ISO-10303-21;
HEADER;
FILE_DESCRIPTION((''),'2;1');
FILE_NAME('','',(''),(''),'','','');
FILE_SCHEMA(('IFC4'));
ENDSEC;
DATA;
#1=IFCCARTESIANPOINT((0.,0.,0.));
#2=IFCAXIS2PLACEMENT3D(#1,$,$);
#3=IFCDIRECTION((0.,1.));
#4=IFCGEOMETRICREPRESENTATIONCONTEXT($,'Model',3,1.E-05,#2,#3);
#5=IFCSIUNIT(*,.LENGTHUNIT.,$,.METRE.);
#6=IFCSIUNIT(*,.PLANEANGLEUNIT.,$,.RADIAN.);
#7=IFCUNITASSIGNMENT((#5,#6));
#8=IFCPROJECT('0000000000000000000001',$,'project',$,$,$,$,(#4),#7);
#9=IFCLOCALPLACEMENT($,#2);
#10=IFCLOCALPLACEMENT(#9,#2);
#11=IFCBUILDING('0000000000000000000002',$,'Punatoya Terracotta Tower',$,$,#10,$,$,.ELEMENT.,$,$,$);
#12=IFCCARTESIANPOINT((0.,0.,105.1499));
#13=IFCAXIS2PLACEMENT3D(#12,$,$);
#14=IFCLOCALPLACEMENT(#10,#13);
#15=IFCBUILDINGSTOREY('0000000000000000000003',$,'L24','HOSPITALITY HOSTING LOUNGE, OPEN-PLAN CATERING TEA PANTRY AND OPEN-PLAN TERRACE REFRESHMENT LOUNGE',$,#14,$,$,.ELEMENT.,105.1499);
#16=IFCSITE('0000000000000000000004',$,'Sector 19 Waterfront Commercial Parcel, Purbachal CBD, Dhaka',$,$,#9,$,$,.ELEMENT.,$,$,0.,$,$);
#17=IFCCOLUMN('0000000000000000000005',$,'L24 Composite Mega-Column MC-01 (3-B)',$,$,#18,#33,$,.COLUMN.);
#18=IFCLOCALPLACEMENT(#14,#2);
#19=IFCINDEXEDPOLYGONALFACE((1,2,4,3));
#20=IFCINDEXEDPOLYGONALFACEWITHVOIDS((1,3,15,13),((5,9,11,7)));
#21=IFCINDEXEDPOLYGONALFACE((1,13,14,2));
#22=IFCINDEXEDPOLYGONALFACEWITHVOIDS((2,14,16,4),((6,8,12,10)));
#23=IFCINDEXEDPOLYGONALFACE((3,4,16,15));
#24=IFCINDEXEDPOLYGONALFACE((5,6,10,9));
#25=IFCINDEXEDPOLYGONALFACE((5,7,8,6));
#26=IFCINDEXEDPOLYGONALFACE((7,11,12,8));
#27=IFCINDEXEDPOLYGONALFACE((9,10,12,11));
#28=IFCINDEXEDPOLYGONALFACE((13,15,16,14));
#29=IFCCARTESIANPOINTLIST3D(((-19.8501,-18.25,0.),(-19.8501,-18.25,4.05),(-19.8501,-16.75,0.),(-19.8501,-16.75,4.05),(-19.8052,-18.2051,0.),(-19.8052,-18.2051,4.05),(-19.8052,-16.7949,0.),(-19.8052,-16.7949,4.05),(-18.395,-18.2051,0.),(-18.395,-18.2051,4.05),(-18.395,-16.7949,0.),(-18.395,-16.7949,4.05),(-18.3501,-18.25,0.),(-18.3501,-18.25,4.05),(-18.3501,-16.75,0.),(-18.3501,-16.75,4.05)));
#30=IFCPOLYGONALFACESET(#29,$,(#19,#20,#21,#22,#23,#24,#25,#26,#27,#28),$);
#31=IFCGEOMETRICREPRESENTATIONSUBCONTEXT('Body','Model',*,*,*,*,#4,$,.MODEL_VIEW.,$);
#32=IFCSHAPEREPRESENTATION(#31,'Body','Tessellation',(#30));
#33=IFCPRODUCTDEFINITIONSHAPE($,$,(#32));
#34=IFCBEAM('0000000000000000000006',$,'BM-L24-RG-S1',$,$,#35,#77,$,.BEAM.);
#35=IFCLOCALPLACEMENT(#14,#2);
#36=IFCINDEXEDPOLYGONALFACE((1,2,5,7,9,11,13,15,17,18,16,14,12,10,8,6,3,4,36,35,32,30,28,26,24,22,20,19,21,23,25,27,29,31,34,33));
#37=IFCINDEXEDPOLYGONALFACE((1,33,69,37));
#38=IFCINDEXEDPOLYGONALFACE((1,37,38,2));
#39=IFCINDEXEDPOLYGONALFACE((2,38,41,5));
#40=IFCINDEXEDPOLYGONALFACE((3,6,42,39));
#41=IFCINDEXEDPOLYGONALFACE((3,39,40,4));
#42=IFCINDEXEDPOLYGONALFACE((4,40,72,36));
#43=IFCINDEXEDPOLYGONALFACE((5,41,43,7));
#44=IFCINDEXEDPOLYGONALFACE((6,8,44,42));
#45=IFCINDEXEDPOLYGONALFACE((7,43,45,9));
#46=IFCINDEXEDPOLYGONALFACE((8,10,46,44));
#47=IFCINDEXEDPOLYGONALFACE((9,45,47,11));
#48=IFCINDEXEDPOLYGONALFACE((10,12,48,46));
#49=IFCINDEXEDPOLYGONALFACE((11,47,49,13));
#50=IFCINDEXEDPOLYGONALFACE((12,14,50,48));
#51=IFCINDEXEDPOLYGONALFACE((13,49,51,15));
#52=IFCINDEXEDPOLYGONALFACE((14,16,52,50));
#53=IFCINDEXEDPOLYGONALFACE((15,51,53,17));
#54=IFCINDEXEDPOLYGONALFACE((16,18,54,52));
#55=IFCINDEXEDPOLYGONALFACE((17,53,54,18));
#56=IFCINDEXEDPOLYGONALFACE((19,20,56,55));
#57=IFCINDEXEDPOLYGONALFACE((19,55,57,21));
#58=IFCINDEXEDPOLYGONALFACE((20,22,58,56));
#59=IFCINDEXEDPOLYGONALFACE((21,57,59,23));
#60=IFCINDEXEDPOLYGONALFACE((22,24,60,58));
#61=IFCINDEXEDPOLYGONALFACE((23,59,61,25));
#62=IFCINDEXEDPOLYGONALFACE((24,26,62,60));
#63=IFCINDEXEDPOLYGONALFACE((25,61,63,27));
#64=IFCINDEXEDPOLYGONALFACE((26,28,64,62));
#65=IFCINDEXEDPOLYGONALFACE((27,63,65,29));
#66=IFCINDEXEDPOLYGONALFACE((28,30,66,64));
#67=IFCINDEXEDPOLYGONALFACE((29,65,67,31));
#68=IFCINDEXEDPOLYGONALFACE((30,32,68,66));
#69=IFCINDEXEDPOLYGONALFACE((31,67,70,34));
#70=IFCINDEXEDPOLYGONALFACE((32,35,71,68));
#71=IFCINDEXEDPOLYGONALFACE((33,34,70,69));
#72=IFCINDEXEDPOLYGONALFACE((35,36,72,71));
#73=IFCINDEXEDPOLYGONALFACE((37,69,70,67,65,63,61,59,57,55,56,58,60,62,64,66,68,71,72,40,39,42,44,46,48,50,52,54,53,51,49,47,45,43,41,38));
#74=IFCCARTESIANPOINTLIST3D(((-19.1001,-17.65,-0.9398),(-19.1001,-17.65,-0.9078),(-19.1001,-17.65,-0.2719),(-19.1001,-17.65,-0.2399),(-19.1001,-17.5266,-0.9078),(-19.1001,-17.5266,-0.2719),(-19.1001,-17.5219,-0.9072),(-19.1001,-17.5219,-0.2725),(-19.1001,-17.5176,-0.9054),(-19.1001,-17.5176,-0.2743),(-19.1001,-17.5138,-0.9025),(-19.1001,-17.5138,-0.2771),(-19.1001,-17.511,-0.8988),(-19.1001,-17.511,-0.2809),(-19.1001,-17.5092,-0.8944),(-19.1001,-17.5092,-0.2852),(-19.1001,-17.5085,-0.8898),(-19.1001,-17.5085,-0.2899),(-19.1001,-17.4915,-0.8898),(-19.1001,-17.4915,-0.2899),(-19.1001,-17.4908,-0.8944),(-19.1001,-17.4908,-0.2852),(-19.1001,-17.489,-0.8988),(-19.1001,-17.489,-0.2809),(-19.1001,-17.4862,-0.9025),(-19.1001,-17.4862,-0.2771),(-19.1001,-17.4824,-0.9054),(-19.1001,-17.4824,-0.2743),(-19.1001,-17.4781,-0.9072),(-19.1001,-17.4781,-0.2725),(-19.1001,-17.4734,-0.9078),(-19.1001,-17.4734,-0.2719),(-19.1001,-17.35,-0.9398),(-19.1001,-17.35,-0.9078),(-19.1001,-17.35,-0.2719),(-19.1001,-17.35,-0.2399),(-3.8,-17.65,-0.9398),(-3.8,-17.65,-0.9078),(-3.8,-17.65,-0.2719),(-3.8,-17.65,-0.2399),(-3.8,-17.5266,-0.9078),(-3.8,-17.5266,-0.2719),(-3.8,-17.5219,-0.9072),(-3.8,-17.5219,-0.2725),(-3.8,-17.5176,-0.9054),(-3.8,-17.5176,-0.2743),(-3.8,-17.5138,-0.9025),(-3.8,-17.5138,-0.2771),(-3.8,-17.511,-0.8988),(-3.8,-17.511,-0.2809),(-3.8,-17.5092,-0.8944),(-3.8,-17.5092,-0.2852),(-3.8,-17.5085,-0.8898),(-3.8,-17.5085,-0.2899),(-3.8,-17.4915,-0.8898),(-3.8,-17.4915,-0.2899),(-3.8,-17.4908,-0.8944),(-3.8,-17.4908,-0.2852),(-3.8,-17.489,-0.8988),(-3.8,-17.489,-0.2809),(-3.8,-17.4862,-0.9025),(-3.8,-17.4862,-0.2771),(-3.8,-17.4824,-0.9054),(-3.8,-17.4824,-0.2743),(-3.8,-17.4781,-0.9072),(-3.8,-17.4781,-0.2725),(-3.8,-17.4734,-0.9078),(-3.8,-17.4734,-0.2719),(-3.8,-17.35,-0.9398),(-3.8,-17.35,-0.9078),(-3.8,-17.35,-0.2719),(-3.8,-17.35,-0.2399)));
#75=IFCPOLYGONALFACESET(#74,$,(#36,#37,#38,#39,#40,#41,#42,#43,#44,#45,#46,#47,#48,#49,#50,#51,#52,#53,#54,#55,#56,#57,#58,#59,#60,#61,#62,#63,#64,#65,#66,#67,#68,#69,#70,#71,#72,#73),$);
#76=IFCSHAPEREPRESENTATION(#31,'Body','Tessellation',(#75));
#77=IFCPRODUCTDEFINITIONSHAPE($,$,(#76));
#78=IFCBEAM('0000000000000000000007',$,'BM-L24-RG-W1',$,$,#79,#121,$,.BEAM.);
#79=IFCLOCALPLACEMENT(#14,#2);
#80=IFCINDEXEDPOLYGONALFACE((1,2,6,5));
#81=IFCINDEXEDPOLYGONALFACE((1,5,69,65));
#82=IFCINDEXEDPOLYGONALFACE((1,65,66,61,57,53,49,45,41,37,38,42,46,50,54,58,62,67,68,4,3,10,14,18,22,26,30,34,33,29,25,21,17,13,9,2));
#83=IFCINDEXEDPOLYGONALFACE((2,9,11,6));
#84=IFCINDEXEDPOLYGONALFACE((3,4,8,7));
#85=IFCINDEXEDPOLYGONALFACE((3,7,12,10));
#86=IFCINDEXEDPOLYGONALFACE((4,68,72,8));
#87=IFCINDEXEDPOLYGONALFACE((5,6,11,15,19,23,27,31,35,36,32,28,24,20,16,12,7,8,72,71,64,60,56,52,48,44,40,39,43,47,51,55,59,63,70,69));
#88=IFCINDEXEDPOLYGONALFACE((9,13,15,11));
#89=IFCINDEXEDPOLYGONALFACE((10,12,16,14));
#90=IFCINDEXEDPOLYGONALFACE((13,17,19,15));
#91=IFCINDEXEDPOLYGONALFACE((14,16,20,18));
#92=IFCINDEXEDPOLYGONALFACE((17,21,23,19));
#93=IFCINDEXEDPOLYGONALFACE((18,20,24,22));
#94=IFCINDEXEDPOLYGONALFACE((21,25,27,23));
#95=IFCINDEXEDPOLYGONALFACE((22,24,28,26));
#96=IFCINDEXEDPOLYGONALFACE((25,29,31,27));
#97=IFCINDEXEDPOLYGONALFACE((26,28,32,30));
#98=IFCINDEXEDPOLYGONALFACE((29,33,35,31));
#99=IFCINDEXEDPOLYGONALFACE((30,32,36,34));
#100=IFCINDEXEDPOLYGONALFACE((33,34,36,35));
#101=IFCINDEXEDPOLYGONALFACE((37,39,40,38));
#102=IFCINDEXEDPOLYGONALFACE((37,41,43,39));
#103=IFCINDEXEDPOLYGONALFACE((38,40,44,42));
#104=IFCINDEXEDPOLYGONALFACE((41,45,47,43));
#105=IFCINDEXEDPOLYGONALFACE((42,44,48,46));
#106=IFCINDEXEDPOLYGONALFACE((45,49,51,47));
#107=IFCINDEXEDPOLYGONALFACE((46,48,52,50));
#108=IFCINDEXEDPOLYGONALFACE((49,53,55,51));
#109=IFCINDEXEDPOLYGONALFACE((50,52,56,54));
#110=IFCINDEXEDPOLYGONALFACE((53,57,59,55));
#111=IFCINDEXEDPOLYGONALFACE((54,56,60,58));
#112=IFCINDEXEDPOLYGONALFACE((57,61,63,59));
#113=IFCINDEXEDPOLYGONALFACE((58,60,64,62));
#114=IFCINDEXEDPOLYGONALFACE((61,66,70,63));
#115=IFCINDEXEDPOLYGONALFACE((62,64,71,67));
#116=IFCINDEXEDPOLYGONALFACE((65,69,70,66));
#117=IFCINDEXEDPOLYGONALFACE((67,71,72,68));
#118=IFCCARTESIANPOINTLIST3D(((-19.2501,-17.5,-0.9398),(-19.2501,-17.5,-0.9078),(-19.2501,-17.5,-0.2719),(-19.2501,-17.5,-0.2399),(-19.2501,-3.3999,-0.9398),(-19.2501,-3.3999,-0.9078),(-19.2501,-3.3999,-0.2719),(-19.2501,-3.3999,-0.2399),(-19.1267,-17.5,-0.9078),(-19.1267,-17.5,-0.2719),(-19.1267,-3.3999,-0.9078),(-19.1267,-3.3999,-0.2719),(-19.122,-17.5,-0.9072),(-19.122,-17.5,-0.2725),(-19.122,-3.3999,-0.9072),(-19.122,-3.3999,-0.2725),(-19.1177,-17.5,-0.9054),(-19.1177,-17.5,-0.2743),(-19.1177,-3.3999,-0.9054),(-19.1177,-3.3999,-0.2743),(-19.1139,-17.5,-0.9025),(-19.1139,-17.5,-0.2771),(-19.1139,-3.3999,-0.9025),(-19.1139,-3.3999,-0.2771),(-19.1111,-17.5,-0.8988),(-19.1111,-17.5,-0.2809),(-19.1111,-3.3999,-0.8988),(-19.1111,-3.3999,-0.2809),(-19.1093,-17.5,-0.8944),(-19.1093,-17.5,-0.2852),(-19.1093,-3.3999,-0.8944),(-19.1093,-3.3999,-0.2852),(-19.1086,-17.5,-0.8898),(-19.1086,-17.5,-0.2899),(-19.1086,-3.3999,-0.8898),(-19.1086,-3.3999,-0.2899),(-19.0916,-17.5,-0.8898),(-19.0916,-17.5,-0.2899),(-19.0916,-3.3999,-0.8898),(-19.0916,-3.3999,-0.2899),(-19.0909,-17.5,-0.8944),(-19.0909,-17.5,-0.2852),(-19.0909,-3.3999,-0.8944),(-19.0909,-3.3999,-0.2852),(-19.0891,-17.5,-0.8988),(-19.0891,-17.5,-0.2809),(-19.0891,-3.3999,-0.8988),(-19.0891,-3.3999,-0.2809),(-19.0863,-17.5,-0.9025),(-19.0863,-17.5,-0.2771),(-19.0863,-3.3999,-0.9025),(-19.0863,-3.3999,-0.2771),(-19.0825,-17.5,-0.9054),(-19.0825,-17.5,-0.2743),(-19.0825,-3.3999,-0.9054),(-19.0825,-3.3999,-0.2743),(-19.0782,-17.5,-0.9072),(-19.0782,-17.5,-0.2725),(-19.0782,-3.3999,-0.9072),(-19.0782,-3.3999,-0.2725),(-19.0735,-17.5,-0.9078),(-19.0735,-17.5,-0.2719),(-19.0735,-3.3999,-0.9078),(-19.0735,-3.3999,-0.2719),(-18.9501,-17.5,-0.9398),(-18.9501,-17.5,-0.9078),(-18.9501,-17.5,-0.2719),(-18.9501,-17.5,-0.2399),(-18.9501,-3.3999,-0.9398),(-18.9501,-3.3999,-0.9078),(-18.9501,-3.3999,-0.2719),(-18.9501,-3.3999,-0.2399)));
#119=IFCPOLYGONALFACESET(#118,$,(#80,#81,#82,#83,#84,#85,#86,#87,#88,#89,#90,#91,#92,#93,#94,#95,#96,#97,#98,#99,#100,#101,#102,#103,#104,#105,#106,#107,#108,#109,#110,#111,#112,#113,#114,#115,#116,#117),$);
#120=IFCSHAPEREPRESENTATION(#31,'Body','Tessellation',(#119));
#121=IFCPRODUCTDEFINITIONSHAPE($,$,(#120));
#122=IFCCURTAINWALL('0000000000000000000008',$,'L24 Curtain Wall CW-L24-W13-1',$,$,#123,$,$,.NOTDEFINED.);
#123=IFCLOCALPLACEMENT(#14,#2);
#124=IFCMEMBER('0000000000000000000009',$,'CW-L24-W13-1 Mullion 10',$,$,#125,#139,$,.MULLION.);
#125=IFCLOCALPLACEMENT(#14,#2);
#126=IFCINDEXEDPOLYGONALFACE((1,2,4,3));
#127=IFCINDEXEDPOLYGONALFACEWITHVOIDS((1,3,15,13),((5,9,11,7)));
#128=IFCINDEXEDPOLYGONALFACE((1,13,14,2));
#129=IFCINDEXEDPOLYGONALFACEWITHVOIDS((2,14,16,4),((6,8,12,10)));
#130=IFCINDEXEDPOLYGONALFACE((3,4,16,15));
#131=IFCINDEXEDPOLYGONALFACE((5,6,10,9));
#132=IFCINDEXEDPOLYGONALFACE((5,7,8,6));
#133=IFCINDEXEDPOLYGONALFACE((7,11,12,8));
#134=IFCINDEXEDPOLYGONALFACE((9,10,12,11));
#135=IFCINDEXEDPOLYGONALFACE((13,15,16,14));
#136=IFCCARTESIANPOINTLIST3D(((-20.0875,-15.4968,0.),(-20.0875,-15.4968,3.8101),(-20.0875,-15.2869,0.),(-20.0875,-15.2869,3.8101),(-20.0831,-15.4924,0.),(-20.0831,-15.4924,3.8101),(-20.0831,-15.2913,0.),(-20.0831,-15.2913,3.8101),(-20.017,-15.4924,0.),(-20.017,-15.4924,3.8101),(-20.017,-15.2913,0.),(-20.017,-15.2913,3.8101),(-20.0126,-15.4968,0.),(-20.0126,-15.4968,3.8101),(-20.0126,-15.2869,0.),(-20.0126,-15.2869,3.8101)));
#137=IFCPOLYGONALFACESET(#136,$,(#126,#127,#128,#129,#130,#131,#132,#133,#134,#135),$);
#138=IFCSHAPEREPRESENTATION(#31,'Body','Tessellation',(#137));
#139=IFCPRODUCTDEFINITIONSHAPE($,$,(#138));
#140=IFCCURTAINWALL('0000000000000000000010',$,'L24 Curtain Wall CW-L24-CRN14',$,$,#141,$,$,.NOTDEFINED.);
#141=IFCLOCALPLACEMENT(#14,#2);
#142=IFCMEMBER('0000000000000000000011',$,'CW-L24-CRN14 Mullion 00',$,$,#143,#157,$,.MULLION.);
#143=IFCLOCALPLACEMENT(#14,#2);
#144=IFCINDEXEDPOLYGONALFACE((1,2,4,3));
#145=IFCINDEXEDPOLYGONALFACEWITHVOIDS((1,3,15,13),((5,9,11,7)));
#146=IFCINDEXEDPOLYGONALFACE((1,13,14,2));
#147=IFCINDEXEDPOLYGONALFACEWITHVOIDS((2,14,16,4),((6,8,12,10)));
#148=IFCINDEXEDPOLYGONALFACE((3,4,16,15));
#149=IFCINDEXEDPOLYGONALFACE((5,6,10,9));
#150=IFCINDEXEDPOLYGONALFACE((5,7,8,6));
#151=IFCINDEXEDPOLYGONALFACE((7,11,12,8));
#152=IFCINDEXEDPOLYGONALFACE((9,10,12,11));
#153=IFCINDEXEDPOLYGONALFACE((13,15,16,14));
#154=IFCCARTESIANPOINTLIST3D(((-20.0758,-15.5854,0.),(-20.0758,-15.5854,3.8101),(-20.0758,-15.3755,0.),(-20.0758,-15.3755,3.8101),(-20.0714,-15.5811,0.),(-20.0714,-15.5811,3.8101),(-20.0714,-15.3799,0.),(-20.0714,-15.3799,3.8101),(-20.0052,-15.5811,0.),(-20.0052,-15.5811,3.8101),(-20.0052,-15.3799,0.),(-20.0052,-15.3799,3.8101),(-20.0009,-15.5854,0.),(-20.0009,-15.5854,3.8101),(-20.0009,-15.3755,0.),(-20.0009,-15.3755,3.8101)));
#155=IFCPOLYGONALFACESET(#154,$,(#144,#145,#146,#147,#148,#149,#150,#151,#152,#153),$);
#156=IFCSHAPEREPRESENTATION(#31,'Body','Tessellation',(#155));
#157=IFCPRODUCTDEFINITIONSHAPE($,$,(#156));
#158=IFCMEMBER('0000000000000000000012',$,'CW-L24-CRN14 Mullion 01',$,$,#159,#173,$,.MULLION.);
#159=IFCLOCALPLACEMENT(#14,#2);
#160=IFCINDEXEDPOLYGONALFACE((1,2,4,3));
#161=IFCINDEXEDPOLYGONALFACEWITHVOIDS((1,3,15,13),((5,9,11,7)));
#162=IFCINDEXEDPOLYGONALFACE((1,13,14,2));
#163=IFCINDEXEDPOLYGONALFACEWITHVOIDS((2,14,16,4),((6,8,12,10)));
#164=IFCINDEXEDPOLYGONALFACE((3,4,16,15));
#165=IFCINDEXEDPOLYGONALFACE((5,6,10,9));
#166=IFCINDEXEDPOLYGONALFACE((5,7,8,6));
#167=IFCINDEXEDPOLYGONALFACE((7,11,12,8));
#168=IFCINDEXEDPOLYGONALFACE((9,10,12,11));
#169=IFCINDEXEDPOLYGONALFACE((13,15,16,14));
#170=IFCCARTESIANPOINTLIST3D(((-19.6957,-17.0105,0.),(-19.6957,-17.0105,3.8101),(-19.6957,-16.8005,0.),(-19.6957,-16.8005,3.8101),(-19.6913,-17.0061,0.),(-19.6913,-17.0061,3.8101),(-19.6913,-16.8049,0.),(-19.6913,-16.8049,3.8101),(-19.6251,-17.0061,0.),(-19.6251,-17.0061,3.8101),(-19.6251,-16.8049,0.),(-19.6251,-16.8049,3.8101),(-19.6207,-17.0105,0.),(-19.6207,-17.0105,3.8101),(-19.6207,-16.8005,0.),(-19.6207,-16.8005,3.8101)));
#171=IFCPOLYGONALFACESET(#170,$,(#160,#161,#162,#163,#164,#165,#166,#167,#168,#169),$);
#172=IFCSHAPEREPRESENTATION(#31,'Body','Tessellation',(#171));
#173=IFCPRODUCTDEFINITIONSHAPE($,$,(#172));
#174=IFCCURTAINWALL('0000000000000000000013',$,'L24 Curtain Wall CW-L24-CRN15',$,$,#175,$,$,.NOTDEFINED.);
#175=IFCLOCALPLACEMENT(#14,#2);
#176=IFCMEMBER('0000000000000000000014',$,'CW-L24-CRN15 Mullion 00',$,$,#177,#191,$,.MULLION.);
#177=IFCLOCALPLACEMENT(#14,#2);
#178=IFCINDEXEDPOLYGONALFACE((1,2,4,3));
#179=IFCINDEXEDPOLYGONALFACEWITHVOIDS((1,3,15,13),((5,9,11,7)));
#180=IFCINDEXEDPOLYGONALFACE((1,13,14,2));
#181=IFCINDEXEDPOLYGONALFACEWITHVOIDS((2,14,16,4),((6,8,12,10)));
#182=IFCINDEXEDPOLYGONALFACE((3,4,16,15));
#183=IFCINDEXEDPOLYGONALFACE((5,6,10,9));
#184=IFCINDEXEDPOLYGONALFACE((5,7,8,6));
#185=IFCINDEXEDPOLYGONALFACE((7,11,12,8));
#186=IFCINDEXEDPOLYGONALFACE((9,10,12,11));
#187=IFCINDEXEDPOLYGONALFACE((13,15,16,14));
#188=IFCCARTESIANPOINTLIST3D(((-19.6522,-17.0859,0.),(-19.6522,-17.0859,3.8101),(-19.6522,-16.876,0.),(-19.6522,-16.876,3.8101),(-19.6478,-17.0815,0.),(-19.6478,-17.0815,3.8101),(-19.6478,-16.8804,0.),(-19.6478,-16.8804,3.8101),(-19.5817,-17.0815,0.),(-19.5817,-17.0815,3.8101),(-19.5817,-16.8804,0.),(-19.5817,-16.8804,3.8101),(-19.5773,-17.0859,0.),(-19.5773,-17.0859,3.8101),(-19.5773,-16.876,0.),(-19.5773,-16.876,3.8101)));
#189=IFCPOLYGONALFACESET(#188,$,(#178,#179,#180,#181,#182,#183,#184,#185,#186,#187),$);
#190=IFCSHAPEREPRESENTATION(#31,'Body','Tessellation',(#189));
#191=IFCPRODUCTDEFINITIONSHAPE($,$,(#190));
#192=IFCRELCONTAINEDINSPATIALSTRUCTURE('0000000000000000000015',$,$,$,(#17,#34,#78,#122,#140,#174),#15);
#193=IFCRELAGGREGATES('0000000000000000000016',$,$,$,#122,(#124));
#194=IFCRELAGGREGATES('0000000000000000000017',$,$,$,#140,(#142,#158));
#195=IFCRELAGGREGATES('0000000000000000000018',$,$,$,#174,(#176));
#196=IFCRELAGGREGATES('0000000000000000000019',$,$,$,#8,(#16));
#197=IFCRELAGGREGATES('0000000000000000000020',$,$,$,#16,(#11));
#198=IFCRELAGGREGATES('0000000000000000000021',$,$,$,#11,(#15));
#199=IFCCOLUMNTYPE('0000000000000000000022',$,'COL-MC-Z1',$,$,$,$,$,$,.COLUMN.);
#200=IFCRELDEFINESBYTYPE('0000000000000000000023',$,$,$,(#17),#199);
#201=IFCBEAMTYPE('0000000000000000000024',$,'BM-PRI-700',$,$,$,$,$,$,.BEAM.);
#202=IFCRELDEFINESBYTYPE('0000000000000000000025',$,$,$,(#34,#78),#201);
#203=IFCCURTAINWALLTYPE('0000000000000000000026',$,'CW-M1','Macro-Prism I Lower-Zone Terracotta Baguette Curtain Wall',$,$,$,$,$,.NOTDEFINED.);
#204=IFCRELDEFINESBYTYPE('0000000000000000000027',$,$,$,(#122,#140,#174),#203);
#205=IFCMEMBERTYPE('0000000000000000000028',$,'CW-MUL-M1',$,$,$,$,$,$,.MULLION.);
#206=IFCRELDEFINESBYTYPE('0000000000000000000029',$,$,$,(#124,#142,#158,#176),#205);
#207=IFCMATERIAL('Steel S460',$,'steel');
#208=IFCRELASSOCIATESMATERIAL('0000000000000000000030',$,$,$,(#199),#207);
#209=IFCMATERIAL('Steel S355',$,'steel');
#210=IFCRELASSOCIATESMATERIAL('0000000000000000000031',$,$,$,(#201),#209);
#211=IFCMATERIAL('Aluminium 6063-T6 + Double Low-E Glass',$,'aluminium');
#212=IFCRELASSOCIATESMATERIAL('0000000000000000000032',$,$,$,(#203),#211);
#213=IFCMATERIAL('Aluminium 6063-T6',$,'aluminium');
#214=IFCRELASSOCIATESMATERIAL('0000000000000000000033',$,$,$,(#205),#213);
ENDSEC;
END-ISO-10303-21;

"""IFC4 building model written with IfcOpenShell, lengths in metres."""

from ifc_helpers import new_model, si_unit, direction, frame, origin, origin_2d, place, context, subcontext, project, spatial, hollow_rectangle, i_section, extrude, material, material_profile, profile_set, type_object, element, aggregate, save


model = new_model("IFC4")

# Units and contexts
model_context = context("Model", 3, precision=1e-05, world=origin(), true_north=direction((0.0, 1.0)))
body_context = subcontext(model_context, "Body", "Model", "MODEL_VIEW")
ifc_project = project(units=[si_unit("LENGTHUNIT", "METRE"), si_unit("PLANEANGLEUNIT", "RADIAN")], contexts=[model_context])

# Site, building, storey
site_placement = place(None, origin())
site = spatial("IfcSite", under=ifc_project, at=site_placement, Name="Sector 19 Waterfront Commercial Parcel, Purbachal CBD, Dhaka", CompositionType="ELEMENT", RefElevation=0.0)
building_placement = place(site_placement, origin())
building = spatial("IfcBuilding", under=site, at=building_placement, Name="Punatoya Terracotta Tower", CompositionType="ELEMENT")
storey_placement = place(building_placement, frame((0.0, 0.0, 105.1499)))
storey = spatial("IfcBuildingStorey", under=building, at=storey_placement, Name="L24", Description="HOSPITALITY HOSTING LOUNGE, OPEN-PLAN CATERING TEA PANTRY AND OPEN-PLAN TERRACE REFRESHMENT LOUNGE", CompositionType="ELEMENT", Elevation=105.1499)

# Column
ifc_material_1 = material(Name="Steel S460", Category="steel")
ifc_material_profile_1 = material_profile(ifc_material_1, hollow_rectangle(XDim=1.5, YDim=1.5, WallThickness=0.0449, at=origin_2d()))
ifc_profile_set_1 = profile_set([ifc_material_profile_1], Name="Steel S460")
column_type = type_object("IfcColumnType", Name="COL-MC-Z1", PredefinedType="COLUMN", material=ifc_profile_set_1)
column_placement = place(storey_placement, frame((-19.1001, -17.5, 0.0), z_axis=(0.0, 0.0, 1.0), x_axis=(1.0, 0.0, 0.0)))
element("IfcColumn", 1, at=column_placement, inside=storey, type_object=column_type, Name="L24 Composite Mega-Column MC-01 (3-B)", PredefinedType="COLUMN", context=body_context, shape_type="SweptSolid", body=[
    extrude(hollow_rectangle(XDim=1.5, YDim=1.5, WallThickness=0.0449, at=origin_2d()), origin(), (0.0, 0.0, 1.0), 4.05),
])

# Beams
ifc_material_2 = material(Name="Steel S355", Category="steel")
ifc_material_profile_2 = material_profile(ifc_material_2, i_section(OverallWidth=0.3, OverallDepth=0.7, WebThickness=0.0171, FlangeThickness=0.032, FilletRadius=0.0181, at=origin_2d()))
ifc_profile_set_2 = profile_set([ifc_material_profile_2], Name="Steel S355")
beam_type = type_object("IfcBeamType", Name="BM-PRI-700", PredefinedType="BEAM", material=ifc_profile_set_2)
beam_1_placement = place(storey_placement, frame((-19.1001, -17.5, -0.5898), z_axis=(1.0, 0.0, 0.0), x_axis=(0.0, 1.0, 0.0)))
element("IfcBeam", 2, at=beam_1_placement, inside=storey, type_object=beam_type, Name="BM-L24-RG-S1", PredefinedType="BEAM", context=body_context, shape_type="SweptSolid", body=[
    extrude(i_section(OverallWidth=0.3, OverallDepth=0.7, WebThickness=0.0171, FlangeThickness=0.032, FilletRadius=0.0181, at=origin_2d()), origin(), (0.0, 0.0, 1.0), 15.3),
])
beam_2_placement = place(storey_placement, frame((-19.1001, -17.5, -0.5898), z_axis=(0.0, 1.0, 0.0), x_axis=(-1.0, 0.0, 0.0)))
element("IfcBeam", 3, at=beam_2_placement, inside=storey, type_object=beam_type, Name="BM-L24-RG-W1", PredefinedType="BEAM", context=body_context, shape_type="SweptSolid", body=[
    extrude(i_section(OverallWidth=0.3, OverallDepth=0.7, WebThickness=0.0171, FlangeThickness=0.032, FilletRadius=0.0181, at=origin_2d()), origin(), (0.0, 0.0, 1.0), 14.1001),
])

# Curtain wall, member
ifc_material_3 = material(Name="Aluminium 6063-T6 + Double Low-E Glass", Category="aluminium")
curtain_wall_type = type_object("IfcCurtainWallType", Name="CW-M1", Description="Macro-Prism I Lower-Zone Terracotta Baguette Curtain Wall", PredefinedType="NOTDEFINED", material=ifc_material_3)
curtain_wall_1_placement = place(storey_placement, origin())
curtain_wall_1 = element("IfcCurtainWall", 4, at=curtain_wall_1_placement, inside=storey, type_object=curtain_wall_type, Name="L24 Curtain Wall CW-L24-W13-1", PredefinedType="NOTDEFINED")
ifc_material_4 = material(Name="Aluminium 6063-T6", Category="aluminium")
ifc_material_profile_3 = material_profile(ifc_material_4, hollow_rectangle(XDim=0.075, YDim=0.21, WallThickness=0.0044, at=origin_2d()))
ifc_profile_set_3 = profile_set([ifc_material_profile_3], Name="Aluminium 6063-T6")
member_type_1 = type_object("IfcMemberType", Name="CW-MUL-M1", PredefinedType="MULLION", material=ifc_profile_set_3)
member_1_placement = place(storey_placement, frame((-20.05, -15.3918, 0.0), z_axis=(0.0, 0.0, 1.0), x_axis=(1.0, 0.0, 0.0)))
member_1 = element("IfcMember", 5, at=member_1_placement, type_object=member_type_1, Name="CW-L24-W13-1 Mullion 10", PredefinedType="MULLION", context=body_context, shape_type="SweptSolid", body=[
    extrude(hollow_rectangle(XDim=0.075, YDim=0.21, WallThickness=0.0044, at=origin_2d()), origin(), (0.0, 0.0, 1.0), 3.8101),
])

# Curtain walls, members
curtain_wall_2_placement = place(storey_placement, origin())
curtain_wall_2 = element("IfcCurtainWall", 6, at=curtain_wall_2_placement, inside=storey, type_object=curtain_wall_type, Name="L24 Curtain Wall CW-L24-CRN14", PredefinedType="NOTDEFINED")
member_2_placement = place(storey_placement, frame((-20.0383, -15.4805, 0.0), z_axis=(0.0, 0.0, 1.0), x_axis=(1.0, 0.0, 0.0)))
member_2 = element("IfcMember", 7, at=member_2_placement, type_object=member_type_1, Name="CW-L24-CRN14 Mullion 00", PredefinedType="MULLION", context=body_context, shape_type="SweptSolid", body=[
    extrude(hollow_rectangle(XDim=0.075, YDim=0.21, WallThickness=0.0044, at=origin_2d()), origin(), (0.0, 0.0, 1.0), 3.8101),
])
member_3_placement = place(storey_placement, frame((-19.6582, -16.9055, 0.0), z_axis=(0.0, 0.0, 1.0), x_axis=(1.0, 0.0, 0.0)))
member_3 = element("IfcMember", 8, at=member_3_placement, type_object=member_type_1, Name="CW-L24-CRN14 Mullion 01", PredefinedType="MULLION", context=body_context, shape_type="SweptSolid", body=[
    extrude(hollow_rectangle(XDim=0.075, YDim=0.21, WallThickness=0.0044, at=origin_2d()), origin(), (0.0, 0.0, 1.0), 3.8101),
])
curtain_wall_3_placement = place(storey_placement, origin())
curtain_wall_3 = element("IfcCurtainWall", 9, at=curtain_wall_3_placement, inside=storey, type_object=curtain_wall_type, Name="L24 Curtain Wall CW-L24-CRN15", PredefinedType="NOTDEFINED")
member_4_placement = place(storey_placement, frame((-19.6147, -16.981, 0.0), z_axis=(0.0, 0.0, 1.0), x_axis=(1.0, 0.0, 0.0)))
member_4 = element("IfcMember", 10, at=member_4_placement, type_object=member_type_1, Name="CW-L24-CRN15 Mullion 00", PredefinedType="MULLION", context=body_context, shape_type="SweptSolid", body=[
    extrude(hollow_rectangle(XDim=0.075, YDim=0.21, WallThickness=0.0044, at=origin_2d()), origin(), (0.0, 0.0, 1.0), 3.8101),
])

aggregate(curtain_wall_1, [member_1])
aggregate(curtain_wall_2, [member_2, member_3])
aggregate(curtain_wall_3, [member_4])

save(model, "model.ifc")
